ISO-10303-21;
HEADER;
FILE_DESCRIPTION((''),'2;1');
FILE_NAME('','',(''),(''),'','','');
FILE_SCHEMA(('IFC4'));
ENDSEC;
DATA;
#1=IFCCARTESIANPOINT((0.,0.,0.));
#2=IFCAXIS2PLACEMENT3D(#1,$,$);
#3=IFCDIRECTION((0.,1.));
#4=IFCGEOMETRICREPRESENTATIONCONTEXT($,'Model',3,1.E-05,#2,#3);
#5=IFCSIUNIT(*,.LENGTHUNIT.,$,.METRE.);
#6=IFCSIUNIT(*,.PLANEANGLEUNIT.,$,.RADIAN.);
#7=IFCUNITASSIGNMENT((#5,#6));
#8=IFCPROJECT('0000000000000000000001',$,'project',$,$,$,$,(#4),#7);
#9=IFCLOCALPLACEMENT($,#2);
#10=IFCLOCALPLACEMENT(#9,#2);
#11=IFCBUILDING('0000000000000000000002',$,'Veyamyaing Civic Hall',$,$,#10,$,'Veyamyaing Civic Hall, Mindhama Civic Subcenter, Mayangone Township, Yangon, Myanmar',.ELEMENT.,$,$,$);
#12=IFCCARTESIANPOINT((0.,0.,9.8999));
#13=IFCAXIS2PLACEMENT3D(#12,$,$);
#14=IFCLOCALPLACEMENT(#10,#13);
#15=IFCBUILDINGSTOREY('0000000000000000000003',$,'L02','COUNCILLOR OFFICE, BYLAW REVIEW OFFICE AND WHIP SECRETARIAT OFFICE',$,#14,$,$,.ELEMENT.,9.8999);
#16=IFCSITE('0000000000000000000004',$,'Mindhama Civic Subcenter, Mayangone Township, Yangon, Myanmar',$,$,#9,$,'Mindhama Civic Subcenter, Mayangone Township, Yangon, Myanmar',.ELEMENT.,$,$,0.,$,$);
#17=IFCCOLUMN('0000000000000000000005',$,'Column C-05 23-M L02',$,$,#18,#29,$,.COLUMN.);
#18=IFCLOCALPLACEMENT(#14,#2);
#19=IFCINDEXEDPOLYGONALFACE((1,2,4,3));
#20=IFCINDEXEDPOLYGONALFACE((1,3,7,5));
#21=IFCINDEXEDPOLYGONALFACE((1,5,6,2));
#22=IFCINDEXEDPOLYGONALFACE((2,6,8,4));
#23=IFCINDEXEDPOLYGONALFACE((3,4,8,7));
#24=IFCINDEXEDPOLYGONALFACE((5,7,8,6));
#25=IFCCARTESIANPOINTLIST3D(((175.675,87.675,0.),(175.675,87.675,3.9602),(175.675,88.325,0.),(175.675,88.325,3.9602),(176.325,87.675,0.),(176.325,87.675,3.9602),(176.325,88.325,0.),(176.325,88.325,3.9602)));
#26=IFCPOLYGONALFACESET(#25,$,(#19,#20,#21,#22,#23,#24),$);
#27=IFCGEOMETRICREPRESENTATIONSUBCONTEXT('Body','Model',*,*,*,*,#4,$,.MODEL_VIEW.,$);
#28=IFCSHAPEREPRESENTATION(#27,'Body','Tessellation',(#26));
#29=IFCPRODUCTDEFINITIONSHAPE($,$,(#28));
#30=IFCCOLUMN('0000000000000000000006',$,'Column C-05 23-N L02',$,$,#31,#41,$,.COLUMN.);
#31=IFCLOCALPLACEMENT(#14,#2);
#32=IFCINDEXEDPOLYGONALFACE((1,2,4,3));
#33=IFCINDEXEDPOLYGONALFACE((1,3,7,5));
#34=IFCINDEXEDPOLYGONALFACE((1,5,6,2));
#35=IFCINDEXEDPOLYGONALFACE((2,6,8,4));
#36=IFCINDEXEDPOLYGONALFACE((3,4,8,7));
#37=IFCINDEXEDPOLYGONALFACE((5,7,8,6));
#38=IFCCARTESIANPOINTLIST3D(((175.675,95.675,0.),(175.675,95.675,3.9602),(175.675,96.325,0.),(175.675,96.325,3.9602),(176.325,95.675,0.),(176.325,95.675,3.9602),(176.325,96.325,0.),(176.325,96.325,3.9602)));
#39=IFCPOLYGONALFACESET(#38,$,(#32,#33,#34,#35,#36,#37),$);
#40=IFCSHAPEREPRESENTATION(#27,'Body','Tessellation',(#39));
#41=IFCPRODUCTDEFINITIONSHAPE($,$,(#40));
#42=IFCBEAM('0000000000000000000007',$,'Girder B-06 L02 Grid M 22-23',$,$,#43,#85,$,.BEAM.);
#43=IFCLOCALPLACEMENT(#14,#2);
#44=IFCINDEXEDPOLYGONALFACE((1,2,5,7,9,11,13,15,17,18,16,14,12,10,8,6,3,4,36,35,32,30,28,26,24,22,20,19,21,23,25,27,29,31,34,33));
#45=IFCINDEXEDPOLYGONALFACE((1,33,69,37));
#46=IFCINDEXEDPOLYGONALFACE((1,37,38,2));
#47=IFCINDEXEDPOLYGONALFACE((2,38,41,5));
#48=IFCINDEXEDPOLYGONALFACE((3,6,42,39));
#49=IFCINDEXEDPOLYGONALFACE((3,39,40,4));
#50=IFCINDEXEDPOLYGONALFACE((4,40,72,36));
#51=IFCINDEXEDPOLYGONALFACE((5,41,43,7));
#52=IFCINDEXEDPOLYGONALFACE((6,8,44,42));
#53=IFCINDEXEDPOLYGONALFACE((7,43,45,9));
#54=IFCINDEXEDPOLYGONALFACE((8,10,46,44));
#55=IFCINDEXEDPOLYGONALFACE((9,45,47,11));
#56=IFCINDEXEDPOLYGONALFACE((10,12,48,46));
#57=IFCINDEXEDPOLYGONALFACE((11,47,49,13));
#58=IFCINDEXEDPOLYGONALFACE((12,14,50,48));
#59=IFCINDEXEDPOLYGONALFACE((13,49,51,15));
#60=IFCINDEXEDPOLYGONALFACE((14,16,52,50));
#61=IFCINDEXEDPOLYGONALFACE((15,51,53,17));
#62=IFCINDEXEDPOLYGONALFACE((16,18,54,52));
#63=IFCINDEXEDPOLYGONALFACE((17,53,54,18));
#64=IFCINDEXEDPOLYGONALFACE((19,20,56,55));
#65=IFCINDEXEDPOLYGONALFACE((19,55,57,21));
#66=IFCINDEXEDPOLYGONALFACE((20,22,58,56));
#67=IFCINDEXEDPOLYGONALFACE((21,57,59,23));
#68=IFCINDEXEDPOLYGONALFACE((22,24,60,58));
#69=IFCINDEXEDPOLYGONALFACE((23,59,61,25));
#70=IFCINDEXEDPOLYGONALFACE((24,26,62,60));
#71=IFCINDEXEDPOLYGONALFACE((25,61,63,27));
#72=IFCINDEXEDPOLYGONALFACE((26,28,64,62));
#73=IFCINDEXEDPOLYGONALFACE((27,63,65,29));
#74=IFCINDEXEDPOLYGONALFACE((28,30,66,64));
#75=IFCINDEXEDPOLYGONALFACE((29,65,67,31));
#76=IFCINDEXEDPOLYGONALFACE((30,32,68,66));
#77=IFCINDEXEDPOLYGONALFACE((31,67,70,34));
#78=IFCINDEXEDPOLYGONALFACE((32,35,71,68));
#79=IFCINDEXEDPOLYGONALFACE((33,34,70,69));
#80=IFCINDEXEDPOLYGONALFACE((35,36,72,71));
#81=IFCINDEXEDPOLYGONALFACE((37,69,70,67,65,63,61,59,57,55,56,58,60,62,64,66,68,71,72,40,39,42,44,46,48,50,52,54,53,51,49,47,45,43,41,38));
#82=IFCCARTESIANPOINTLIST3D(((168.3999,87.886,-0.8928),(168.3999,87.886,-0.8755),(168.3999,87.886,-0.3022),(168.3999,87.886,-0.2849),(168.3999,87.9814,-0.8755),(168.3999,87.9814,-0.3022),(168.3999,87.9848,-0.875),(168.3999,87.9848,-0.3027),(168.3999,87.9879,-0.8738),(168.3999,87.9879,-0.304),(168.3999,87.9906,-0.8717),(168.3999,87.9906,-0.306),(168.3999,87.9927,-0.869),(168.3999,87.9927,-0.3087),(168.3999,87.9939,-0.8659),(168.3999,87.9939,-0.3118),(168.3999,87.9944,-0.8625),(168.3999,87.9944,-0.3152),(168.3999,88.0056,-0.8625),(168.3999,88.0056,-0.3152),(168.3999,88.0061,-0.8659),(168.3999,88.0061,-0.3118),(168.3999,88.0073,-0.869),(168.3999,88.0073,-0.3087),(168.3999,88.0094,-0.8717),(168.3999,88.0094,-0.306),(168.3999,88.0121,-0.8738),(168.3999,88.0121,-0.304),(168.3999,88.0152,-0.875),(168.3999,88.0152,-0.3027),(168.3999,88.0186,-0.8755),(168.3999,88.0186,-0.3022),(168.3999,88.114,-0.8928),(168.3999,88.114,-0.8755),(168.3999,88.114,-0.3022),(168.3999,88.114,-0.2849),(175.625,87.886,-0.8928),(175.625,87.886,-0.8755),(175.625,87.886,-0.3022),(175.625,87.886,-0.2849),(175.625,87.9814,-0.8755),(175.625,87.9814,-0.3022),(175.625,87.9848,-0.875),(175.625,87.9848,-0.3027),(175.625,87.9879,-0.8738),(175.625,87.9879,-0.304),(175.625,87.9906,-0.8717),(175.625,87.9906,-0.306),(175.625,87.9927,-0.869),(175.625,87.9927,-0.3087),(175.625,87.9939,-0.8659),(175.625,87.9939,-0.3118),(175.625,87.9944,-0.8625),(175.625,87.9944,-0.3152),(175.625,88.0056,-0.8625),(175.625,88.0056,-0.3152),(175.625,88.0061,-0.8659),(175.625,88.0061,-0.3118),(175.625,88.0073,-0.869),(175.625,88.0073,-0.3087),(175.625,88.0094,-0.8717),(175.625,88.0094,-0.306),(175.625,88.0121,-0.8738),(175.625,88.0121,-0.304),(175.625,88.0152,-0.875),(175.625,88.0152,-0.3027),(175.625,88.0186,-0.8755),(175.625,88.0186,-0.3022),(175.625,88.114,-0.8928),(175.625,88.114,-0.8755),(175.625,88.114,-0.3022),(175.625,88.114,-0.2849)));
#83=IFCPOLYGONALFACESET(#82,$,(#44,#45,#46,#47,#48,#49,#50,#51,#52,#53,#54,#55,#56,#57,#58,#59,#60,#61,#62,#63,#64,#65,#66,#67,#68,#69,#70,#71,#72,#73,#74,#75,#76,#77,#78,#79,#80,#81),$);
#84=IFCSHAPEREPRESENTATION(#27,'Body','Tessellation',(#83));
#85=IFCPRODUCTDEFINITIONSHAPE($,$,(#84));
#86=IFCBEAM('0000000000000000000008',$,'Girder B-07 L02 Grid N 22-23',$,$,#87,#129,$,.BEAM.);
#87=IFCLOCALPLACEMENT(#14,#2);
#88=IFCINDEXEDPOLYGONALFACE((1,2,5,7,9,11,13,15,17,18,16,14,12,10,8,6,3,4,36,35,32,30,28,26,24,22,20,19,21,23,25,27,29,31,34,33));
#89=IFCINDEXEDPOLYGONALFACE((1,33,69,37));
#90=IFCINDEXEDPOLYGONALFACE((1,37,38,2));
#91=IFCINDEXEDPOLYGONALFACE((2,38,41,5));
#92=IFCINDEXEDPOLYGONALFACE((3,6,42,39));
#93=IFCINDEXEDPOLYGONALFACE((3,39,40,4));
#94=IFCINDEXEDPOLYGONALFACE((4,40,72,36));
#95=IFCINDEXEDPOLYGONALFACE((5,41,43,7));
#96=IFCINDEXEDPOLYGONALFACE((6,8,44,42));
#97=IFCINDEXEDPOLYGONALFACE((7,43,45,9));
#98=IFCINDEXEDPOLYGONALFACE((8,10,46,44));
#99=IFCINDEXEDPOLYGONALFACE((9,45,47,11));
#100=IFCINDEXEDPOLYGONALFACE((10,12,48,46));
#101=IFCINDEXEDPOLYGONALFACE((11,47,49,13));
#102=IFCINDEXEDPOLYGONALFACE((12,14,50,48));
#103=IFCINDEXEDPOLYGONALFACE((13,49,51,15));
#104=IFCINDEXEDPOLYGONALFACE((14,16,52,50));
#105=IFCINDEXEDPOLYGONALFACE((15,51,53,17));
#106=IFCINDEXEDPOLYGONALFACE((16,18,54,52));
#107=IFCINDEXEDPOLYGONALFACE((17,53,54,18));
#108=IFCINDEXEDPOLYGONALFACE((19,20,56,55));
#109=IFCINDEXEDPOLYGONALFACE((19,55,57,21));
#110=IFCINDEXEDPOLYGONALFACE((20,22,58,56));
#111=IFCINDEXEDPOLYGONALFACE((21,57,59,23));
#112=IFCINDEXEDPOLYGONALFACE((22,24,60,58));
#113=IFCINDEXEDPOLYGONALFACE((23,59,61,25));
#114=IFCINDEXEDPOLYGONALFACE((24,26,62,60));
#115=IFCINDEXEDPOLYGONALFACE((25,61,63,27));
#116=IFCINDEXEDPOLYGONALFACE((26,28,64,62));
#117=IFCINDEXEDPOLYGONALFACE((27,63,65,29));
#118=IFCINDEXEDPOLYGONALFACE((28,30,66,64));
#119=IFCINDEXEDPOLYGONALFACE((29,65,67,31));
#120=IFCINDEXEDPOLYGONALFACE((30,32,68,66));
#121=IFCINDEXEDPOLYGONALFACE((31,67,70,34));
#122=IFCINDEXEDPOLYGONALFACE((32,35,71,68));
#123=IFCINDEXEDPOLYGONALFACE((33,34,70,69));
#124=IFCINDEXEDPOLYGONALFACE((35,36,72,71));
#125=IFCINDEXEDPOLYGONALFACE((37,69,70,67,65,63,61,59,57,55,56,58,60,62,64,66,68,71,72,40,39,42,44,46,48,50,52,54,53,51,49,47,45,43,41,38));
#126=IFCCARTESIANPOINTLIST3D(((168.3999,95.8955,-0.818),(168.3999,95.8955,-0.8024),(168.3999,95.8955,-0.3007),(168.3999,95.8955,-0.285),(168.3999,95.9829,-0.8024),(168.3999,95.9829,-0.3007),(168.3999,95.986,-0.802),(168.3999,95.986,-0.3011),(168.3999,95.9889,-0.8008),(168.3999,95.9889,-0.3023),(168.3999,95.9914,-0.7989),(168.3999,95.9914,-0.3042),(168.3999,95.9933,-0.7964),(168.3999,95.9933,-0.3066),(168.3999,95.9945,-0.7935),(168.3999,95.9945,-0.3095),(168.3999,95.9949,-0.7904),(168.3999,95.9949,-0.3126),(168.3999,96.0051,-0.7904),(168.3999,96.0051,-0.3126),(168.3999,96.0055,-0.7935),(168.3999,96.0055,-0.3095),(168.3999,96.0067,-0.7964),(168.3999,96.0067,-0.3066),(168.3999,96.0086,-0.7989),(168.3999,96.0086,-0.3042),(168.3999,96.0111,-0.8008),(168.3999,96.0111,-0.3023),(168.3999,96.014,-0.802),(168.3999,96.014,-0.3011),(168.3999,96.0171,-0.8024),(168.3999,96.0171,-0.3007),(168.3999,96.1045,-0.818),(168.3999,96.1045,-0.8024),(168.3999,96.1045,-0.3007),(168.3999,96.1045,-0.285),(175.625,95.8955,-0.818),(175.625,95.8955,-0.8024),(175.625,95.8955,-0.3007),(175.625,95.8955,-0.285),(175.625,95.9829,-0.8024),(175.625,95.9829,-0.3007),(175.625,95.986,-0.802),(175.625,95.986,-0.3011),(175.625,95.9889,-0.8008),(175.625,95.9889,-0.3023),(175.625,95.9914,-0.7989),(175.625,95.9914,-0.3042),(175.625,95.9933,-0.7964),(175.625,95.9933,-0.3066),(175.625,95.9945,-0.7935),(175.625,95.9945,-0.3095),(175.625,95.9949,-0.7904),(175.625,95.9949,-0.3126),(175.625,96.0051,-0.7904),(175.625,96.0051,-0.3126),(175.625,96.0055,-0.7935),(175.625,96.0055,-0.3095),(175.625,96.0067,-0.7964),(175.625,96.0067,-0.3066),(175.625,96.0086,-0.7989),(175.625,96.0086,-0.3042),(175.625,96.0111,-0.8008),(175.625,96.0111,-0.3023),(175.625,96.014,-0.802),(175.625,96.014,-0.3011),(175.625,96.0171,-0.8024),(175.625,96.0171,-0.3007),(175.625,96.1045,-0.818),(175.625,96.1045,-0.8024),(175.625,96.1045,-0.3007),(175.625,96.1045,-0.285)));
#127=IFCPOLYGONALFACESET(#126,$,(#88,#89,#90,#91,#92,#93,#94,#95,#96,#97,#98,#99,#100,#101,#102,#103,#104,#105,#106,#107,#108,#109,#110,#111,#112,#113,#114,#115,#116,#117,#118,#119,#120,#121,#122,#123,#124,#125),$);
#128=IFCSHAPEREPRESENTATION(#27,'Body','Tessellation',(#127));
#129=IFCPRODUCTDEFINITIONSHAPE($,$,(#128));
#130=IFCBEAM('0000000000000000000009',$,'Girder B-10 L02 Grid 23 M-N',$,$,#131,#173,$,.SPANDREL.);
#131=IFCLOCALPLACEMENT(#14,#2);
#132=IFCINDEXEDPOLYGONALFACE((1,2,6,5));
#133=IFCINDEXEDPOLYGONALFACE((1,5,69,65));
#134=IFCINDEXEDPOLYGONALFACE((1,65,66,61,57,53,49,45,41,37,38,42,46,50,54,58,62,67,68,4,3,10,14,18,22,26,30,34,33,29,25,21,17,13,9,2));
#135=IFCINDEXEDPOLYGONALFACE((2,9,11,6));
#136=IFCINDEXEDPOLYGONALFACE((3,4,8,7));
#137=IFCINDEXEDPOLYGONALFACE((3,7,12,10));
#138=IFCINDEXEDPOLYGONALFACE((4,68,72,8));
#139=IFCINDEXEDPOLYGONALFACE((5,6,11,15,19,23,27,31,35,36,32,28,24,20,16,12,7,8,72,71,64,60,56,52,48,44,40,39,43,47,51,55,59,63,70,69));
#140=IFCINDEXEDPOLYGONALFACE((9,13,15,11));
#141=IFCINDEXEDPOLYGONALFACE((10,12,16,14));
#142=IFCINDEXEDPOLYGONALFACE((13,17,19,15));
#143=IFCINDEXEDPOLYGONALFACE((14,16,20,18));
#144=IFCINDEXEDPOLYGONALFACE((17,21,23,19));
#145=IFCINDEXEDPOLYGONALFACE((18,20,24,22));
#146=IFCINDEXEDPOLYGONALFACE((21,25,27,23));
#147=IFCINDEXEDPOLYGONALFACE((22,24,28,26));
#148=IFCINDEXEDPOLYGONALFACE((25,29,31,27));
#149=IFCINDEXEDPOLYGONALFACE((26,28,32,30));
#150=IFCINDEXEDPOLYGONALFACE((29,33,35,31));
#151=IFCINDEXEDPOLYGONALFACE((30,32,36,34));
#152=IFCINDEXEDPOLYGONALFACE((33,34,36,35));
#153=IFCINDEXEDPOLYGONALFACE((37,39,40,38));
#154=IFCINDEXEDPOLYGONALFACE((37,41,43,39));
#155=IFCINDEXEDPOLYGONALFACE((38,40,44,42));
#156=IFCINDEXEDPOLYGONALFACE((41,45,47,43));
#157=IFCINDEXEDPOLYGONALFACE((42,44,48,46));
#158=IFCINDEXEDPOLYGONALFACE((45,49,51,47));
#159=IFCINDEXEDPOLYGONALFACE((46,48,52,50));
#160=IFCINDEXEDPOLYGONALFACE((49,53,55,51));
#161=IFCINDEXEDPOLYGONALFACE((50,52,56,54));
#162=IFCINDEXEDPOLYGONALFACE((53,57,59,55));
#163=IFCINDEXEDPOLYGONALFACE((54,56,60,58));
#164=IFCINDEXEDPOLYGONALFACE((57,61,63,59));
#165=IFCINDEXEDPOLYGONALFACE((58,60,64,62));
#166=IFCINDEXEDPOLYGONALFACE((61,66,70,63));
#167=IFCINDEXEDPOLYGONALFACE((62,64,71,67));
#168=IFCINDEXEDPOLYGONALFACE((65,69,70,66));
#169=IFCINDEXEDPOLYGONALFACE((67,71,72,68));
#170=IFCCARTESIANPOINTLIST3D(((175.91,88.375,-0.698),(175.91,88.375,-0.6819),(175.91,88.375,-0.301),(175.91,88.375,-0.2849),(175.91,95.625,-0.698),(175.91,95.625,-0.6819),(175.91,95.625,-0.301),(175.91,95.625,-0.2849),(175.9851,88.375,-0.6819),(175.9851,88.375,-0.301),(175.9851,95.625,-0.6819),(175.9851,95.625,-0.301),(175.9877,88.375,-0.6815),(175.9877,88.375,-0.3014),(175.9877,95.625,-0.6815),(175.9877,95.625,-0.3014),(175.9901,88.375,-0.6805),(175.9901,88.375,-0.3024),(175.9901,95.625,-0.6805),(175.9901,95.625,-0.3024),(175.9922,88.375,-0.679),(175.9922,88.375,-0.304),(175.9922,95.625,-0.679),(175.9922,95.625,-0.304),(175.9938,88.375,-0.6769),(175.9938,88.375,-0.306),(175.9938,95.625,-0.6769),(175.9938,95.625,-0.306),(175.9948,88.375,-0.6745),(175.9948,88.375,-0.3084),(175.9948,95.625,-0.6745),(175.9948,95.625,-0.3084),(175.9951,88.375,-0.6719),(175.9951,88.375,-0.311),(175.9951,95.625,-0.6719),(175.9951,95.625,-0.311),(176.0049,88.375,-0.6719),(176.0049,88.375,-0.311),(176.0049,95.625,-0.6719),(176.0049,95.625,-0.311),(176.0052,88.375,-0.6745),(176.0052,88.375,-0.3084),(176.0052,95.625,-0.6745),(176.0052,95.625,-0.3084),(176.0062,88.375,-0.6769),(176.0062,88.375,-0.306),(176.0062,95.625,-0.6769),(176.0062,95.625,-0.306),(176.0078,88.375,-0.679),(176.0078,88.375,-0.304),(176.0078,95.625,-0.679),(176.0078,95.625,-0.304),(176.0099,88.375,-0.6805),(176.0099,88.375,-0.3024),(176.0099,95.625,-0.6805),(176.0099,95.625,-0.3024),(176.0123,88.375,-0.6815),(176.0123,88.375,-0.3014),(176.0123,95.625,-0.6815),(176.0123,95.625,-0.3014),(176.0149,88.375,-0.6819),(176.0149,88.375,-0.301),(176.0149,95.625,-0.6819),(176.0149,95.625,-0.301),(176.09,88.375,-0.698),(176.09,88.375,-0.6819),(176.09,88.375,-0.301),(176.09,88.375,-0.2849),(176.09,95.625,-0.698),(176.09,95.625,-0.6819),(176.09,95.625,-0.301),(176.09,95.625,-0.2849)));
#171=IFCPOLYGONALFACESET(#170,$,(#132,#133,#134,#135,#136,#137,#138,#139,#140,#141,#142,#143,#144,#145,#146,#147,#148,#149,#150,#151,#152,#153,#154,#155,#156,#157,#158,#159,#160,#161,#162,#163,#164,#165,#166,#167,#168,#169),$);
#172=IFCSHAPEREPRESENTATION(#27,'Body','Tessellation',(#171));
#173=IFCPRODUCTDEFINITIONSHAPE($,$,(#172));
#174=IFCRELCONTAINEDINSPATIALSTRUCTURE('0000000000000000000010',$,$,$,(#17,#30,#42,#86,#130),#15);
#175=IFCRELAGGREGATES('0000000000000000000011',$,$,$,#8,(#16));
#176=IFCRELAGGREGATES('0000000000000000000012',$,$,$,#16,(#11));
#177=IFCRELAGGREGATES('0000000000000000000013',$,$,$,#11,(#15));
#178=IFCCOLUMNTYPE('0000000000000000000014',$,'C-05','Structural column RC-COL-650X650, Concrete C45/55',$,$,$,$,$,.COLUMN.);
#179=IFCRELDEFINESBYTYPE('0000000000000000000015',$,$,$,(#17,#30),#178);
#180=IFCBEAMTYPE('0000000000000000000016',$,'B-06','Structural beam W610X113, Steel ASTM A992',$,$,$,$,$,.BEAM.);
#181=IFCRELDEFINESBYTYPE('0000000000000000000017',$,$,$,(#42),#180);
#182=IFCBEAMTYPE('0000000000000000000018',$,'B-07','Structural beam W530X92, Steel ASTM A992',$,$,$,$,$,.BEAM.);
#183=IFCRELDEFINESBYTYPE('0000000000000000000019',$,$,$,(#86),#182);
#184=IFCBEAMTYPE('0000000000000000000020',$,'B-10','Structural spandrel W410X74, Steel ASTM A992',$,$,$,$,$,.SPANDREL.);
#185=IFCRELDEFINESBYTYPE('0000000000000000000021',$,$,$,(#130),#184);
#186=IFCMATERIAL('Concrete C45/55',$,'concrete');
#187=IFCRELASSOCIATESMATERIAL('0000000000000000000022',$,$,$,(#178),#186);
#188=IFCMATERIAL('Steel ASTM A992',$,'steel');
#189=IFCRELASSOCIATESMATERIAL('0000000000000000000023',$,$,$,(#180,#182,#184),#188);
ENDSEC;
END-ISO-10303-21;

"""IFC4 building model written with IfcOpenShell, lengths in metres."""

from ifc_helpers import new_model, si_unit, direction, frame, origin, origin_2d, place, context, subcontext, project, spatial, rectangle, i_section, extrude, material, material_profile, profile_set, type_object, element, save


model = new_model("IFC4")

# Units and contexts
model_context = context("Model", 3, precision=1e-05, world=origin(), true_north=direction((0.0, 1.0)))
body_context = subcontext(model_context, "Body", "Model", "MODEL_VIEW")
ifc_project = project(units=[si_unit("LENGTHUNIT", "METRE"), si_unit("PLANEANGLEUNIT", "RADIAN")], contexts=[model_context])

# Site, building, storey
site_placement = place(None, origin())
site = spatial("IfcSite", under=ifc_project, at=site_placement, Name="Mindhama Civic Subcenter, Mayangone Township, Yangon, Myanmar", LongName="Mindhama Civic Subcenter, Mayangone Township, Yangon, Myanmar", CompositionType="ELEMENT", RefElevation=0.0)
building_placement = place(site_placement, origin())
building = spatial("IfcBuilding", under=site, at=building_placement, Name="Veyamyaing Civic Hall", LongName="Veyamyaing Civic Hall, Mindhama Civic Subcenter, Mayangone Township, Yangon, Myanmar", CompositionType="ELEMENT")
storey_placement = place(building_placement, frame((0.0, 0.0, 9.8999)))
storey = spatial("IfcBuildingStorey", under=building, at=storey_placement, Name="L02", Description="COUNCILLOR OFFICE, BYLAW REVIEW OFFICE AND WHIP SECRETARIAT OFFICE", CompositionType="ELEMENT", Elevation=9.8999)

# Columns
ifc_material_1 = material(Name="Concrete C45/55", Category="concrete")
ifc_material_profile_1 = material_profile(ifc_material_1, rectangle(XDim=0.6499, YDim=0.6499, at=origin_2d()), Name="RC-COL-650X650")
ifc_profile_set_1 = profile_set([ifc_material_profile_1], Name="Concrete C45/55")
column_type = type_object("IfcColumnType", Name="C-05", Description="Structural column RC-COL-650X650, Concrete C45/55", PredefinedType="COLUMN", material=ifc_profile_set_1)
for number, where, z_axis, x_axis, name in (
    (1, (176.0, 88.0, 0.0), (0.0, 0.0, 1.0), (1.0, 0.0, 0.0), "Column C-05 23-M L02"),
    (2, (176.0, 96.0, 0.0), (0.0, 0.0, 1.0), (1.0, 0.0, 0.0), "Column C-05 23-N L02"),
):
    element("IfcColumn", number, at=place(storey_placement, frame(where, z_axis=z_axis, x_axis=x_axis)), inside=storey, type_object=column_type, Name=name, PredefinedType="COLUMN", context=body_context, shape_type="SweptSolid", body=[
        extrude(rectangle(XDim=0.6499, YDim=0.6499, at=origin_2d()), origin(), (0.0, 0.0, 1.0), 3.9602),
    ])

# Beams
ifc_material_2 = material(Name="Steel ASTM A992", Category="steel")
ifc_material_profile_2 = material_profile(ifc_material_2, i_section(OverallWidth=0.228, OverallDepth=0.6079, WebThickness=0.0112, FlangeThickness=0.0173, FilletRadius=0.0129, at=origin_2d()), Name="W610X113")
ifc_profile_set_2 = profile_set([ifc_material_profile_2], Name="Steel ASTM A992")
beam_type_1 = type_object("IfcBeamType", Name="B-06", Description="Structural beam W610X113, Steel ASTM A992", PredefinedType="BEAM", material=ifc_profile_set_2)
beam_1_placement = place(storey_placement, frame((168.3999, 88.0, -0.5889), z_axis=(1.0, 0.0, 0.0), x_axis=(0.0, 1.0, 0.0)))
element("IfcBeam", 3, at=beam_1_placement, inside=storey, type_object=beam_type_1, Name="Girder B-06 L02 Grid M 22-23", PredefinedType="BEAM", context=body_context, shape_type="SweptSolid", body=[
    extrude(i_section(OverallWidth=0.228, OverallDepth=0.6079, WebThickness=0.0112, FlangeThickness=0.0173, FilletRadius=0.0129, at=origin_2d()), origin(), (0.0, 0.0, 1.0), 7.2251),
])
ifc_material_profile_3 = material_profile(ifc_material_2, i_section(OverallWidth=0.209, OverallDepth=0.533, WebThickness=0.0103, FlangeThickness=0.0156, FilletRadius=0.012, at=origin_2d()), Name="W530X92")
ifc_profile_set_3 = profile_set([ifc_material_profile_3], Name="Steel ASTM A992")
beam_type_2 = type_object("IfcBeamType", Name="B-07", Description="Structural beam W530X92, Steel ASTM A992", PredefinedType="BEAM", material=ifc_profile_set_3)
beam_2_placement = place(storey_placement, frame((168.3999, 96.0, -0.5515), z_axis=(1.0, 0.0, 0.0), x_axis=(0.0, 1.0, 0.0)))
element("IfcBeam", 4, at=beam_2_placement, inside=storey, type_object=beam_type_2, Name="Girder B-07 L02 Grid N 22-23", PredefinedType="BEAM", context=body_context, shape_type="SweptSolid", body=[
    extrude(i_section(OverallWidth=0.209, OverallDepth=0.533, WebThickness=0.0103, FlangeThickness=0.0156, FilletRadius=0.012, at=origin_2d()), origin(), (0.0, 0.0, 1.0), 7.2251),
])
ifc_material_profile_4 = material_profile(ifc_material_2, i_section(OverallWidth=0.1799, OverallDepth=0.4131, WebThickness=0.0098, FlangeThickness=0.0161, FilletRadius=0.01, at=origin_2d()), Name="W410X74")
ifc_profile_set_4 = profile_set([ifc_material_profile_4], Name="Steel ASTM A992")
beam_type_3 = type_object("IfcBeamType", Name="B-10", Description="Structural spandrel W410X74, Steel ASTM A992", PredefinedType="SPANDREL", material=ifc_profile_set_4)
beam_3_placement = place(storey_placement, frame((176.0, 88.375, -0.4915), z_axis=(0.0, 1.0, 0.0), x_axis=(-1.0, 0.0, 0.0)))
element("IfcBeam", 5, at=beam_3_placement, inside=storey, type_object=beam_type_3, Name="Girder B-10 L02 Grid 23 M-N", PredefinedType="SPANDREL", context=body_context, shape_type="SweptSolid", body=[
    extrude(i_section(OverallWidth=0.1799, OverallDepth=0.4131, WebThickness=0.0098, FlangeThickness=0.0161, FilletRadius=0.01, at=origin_2d()), origin(), (0.0, 0.0, 1.0), 7.25),
])

save(model, "model.ifc")
